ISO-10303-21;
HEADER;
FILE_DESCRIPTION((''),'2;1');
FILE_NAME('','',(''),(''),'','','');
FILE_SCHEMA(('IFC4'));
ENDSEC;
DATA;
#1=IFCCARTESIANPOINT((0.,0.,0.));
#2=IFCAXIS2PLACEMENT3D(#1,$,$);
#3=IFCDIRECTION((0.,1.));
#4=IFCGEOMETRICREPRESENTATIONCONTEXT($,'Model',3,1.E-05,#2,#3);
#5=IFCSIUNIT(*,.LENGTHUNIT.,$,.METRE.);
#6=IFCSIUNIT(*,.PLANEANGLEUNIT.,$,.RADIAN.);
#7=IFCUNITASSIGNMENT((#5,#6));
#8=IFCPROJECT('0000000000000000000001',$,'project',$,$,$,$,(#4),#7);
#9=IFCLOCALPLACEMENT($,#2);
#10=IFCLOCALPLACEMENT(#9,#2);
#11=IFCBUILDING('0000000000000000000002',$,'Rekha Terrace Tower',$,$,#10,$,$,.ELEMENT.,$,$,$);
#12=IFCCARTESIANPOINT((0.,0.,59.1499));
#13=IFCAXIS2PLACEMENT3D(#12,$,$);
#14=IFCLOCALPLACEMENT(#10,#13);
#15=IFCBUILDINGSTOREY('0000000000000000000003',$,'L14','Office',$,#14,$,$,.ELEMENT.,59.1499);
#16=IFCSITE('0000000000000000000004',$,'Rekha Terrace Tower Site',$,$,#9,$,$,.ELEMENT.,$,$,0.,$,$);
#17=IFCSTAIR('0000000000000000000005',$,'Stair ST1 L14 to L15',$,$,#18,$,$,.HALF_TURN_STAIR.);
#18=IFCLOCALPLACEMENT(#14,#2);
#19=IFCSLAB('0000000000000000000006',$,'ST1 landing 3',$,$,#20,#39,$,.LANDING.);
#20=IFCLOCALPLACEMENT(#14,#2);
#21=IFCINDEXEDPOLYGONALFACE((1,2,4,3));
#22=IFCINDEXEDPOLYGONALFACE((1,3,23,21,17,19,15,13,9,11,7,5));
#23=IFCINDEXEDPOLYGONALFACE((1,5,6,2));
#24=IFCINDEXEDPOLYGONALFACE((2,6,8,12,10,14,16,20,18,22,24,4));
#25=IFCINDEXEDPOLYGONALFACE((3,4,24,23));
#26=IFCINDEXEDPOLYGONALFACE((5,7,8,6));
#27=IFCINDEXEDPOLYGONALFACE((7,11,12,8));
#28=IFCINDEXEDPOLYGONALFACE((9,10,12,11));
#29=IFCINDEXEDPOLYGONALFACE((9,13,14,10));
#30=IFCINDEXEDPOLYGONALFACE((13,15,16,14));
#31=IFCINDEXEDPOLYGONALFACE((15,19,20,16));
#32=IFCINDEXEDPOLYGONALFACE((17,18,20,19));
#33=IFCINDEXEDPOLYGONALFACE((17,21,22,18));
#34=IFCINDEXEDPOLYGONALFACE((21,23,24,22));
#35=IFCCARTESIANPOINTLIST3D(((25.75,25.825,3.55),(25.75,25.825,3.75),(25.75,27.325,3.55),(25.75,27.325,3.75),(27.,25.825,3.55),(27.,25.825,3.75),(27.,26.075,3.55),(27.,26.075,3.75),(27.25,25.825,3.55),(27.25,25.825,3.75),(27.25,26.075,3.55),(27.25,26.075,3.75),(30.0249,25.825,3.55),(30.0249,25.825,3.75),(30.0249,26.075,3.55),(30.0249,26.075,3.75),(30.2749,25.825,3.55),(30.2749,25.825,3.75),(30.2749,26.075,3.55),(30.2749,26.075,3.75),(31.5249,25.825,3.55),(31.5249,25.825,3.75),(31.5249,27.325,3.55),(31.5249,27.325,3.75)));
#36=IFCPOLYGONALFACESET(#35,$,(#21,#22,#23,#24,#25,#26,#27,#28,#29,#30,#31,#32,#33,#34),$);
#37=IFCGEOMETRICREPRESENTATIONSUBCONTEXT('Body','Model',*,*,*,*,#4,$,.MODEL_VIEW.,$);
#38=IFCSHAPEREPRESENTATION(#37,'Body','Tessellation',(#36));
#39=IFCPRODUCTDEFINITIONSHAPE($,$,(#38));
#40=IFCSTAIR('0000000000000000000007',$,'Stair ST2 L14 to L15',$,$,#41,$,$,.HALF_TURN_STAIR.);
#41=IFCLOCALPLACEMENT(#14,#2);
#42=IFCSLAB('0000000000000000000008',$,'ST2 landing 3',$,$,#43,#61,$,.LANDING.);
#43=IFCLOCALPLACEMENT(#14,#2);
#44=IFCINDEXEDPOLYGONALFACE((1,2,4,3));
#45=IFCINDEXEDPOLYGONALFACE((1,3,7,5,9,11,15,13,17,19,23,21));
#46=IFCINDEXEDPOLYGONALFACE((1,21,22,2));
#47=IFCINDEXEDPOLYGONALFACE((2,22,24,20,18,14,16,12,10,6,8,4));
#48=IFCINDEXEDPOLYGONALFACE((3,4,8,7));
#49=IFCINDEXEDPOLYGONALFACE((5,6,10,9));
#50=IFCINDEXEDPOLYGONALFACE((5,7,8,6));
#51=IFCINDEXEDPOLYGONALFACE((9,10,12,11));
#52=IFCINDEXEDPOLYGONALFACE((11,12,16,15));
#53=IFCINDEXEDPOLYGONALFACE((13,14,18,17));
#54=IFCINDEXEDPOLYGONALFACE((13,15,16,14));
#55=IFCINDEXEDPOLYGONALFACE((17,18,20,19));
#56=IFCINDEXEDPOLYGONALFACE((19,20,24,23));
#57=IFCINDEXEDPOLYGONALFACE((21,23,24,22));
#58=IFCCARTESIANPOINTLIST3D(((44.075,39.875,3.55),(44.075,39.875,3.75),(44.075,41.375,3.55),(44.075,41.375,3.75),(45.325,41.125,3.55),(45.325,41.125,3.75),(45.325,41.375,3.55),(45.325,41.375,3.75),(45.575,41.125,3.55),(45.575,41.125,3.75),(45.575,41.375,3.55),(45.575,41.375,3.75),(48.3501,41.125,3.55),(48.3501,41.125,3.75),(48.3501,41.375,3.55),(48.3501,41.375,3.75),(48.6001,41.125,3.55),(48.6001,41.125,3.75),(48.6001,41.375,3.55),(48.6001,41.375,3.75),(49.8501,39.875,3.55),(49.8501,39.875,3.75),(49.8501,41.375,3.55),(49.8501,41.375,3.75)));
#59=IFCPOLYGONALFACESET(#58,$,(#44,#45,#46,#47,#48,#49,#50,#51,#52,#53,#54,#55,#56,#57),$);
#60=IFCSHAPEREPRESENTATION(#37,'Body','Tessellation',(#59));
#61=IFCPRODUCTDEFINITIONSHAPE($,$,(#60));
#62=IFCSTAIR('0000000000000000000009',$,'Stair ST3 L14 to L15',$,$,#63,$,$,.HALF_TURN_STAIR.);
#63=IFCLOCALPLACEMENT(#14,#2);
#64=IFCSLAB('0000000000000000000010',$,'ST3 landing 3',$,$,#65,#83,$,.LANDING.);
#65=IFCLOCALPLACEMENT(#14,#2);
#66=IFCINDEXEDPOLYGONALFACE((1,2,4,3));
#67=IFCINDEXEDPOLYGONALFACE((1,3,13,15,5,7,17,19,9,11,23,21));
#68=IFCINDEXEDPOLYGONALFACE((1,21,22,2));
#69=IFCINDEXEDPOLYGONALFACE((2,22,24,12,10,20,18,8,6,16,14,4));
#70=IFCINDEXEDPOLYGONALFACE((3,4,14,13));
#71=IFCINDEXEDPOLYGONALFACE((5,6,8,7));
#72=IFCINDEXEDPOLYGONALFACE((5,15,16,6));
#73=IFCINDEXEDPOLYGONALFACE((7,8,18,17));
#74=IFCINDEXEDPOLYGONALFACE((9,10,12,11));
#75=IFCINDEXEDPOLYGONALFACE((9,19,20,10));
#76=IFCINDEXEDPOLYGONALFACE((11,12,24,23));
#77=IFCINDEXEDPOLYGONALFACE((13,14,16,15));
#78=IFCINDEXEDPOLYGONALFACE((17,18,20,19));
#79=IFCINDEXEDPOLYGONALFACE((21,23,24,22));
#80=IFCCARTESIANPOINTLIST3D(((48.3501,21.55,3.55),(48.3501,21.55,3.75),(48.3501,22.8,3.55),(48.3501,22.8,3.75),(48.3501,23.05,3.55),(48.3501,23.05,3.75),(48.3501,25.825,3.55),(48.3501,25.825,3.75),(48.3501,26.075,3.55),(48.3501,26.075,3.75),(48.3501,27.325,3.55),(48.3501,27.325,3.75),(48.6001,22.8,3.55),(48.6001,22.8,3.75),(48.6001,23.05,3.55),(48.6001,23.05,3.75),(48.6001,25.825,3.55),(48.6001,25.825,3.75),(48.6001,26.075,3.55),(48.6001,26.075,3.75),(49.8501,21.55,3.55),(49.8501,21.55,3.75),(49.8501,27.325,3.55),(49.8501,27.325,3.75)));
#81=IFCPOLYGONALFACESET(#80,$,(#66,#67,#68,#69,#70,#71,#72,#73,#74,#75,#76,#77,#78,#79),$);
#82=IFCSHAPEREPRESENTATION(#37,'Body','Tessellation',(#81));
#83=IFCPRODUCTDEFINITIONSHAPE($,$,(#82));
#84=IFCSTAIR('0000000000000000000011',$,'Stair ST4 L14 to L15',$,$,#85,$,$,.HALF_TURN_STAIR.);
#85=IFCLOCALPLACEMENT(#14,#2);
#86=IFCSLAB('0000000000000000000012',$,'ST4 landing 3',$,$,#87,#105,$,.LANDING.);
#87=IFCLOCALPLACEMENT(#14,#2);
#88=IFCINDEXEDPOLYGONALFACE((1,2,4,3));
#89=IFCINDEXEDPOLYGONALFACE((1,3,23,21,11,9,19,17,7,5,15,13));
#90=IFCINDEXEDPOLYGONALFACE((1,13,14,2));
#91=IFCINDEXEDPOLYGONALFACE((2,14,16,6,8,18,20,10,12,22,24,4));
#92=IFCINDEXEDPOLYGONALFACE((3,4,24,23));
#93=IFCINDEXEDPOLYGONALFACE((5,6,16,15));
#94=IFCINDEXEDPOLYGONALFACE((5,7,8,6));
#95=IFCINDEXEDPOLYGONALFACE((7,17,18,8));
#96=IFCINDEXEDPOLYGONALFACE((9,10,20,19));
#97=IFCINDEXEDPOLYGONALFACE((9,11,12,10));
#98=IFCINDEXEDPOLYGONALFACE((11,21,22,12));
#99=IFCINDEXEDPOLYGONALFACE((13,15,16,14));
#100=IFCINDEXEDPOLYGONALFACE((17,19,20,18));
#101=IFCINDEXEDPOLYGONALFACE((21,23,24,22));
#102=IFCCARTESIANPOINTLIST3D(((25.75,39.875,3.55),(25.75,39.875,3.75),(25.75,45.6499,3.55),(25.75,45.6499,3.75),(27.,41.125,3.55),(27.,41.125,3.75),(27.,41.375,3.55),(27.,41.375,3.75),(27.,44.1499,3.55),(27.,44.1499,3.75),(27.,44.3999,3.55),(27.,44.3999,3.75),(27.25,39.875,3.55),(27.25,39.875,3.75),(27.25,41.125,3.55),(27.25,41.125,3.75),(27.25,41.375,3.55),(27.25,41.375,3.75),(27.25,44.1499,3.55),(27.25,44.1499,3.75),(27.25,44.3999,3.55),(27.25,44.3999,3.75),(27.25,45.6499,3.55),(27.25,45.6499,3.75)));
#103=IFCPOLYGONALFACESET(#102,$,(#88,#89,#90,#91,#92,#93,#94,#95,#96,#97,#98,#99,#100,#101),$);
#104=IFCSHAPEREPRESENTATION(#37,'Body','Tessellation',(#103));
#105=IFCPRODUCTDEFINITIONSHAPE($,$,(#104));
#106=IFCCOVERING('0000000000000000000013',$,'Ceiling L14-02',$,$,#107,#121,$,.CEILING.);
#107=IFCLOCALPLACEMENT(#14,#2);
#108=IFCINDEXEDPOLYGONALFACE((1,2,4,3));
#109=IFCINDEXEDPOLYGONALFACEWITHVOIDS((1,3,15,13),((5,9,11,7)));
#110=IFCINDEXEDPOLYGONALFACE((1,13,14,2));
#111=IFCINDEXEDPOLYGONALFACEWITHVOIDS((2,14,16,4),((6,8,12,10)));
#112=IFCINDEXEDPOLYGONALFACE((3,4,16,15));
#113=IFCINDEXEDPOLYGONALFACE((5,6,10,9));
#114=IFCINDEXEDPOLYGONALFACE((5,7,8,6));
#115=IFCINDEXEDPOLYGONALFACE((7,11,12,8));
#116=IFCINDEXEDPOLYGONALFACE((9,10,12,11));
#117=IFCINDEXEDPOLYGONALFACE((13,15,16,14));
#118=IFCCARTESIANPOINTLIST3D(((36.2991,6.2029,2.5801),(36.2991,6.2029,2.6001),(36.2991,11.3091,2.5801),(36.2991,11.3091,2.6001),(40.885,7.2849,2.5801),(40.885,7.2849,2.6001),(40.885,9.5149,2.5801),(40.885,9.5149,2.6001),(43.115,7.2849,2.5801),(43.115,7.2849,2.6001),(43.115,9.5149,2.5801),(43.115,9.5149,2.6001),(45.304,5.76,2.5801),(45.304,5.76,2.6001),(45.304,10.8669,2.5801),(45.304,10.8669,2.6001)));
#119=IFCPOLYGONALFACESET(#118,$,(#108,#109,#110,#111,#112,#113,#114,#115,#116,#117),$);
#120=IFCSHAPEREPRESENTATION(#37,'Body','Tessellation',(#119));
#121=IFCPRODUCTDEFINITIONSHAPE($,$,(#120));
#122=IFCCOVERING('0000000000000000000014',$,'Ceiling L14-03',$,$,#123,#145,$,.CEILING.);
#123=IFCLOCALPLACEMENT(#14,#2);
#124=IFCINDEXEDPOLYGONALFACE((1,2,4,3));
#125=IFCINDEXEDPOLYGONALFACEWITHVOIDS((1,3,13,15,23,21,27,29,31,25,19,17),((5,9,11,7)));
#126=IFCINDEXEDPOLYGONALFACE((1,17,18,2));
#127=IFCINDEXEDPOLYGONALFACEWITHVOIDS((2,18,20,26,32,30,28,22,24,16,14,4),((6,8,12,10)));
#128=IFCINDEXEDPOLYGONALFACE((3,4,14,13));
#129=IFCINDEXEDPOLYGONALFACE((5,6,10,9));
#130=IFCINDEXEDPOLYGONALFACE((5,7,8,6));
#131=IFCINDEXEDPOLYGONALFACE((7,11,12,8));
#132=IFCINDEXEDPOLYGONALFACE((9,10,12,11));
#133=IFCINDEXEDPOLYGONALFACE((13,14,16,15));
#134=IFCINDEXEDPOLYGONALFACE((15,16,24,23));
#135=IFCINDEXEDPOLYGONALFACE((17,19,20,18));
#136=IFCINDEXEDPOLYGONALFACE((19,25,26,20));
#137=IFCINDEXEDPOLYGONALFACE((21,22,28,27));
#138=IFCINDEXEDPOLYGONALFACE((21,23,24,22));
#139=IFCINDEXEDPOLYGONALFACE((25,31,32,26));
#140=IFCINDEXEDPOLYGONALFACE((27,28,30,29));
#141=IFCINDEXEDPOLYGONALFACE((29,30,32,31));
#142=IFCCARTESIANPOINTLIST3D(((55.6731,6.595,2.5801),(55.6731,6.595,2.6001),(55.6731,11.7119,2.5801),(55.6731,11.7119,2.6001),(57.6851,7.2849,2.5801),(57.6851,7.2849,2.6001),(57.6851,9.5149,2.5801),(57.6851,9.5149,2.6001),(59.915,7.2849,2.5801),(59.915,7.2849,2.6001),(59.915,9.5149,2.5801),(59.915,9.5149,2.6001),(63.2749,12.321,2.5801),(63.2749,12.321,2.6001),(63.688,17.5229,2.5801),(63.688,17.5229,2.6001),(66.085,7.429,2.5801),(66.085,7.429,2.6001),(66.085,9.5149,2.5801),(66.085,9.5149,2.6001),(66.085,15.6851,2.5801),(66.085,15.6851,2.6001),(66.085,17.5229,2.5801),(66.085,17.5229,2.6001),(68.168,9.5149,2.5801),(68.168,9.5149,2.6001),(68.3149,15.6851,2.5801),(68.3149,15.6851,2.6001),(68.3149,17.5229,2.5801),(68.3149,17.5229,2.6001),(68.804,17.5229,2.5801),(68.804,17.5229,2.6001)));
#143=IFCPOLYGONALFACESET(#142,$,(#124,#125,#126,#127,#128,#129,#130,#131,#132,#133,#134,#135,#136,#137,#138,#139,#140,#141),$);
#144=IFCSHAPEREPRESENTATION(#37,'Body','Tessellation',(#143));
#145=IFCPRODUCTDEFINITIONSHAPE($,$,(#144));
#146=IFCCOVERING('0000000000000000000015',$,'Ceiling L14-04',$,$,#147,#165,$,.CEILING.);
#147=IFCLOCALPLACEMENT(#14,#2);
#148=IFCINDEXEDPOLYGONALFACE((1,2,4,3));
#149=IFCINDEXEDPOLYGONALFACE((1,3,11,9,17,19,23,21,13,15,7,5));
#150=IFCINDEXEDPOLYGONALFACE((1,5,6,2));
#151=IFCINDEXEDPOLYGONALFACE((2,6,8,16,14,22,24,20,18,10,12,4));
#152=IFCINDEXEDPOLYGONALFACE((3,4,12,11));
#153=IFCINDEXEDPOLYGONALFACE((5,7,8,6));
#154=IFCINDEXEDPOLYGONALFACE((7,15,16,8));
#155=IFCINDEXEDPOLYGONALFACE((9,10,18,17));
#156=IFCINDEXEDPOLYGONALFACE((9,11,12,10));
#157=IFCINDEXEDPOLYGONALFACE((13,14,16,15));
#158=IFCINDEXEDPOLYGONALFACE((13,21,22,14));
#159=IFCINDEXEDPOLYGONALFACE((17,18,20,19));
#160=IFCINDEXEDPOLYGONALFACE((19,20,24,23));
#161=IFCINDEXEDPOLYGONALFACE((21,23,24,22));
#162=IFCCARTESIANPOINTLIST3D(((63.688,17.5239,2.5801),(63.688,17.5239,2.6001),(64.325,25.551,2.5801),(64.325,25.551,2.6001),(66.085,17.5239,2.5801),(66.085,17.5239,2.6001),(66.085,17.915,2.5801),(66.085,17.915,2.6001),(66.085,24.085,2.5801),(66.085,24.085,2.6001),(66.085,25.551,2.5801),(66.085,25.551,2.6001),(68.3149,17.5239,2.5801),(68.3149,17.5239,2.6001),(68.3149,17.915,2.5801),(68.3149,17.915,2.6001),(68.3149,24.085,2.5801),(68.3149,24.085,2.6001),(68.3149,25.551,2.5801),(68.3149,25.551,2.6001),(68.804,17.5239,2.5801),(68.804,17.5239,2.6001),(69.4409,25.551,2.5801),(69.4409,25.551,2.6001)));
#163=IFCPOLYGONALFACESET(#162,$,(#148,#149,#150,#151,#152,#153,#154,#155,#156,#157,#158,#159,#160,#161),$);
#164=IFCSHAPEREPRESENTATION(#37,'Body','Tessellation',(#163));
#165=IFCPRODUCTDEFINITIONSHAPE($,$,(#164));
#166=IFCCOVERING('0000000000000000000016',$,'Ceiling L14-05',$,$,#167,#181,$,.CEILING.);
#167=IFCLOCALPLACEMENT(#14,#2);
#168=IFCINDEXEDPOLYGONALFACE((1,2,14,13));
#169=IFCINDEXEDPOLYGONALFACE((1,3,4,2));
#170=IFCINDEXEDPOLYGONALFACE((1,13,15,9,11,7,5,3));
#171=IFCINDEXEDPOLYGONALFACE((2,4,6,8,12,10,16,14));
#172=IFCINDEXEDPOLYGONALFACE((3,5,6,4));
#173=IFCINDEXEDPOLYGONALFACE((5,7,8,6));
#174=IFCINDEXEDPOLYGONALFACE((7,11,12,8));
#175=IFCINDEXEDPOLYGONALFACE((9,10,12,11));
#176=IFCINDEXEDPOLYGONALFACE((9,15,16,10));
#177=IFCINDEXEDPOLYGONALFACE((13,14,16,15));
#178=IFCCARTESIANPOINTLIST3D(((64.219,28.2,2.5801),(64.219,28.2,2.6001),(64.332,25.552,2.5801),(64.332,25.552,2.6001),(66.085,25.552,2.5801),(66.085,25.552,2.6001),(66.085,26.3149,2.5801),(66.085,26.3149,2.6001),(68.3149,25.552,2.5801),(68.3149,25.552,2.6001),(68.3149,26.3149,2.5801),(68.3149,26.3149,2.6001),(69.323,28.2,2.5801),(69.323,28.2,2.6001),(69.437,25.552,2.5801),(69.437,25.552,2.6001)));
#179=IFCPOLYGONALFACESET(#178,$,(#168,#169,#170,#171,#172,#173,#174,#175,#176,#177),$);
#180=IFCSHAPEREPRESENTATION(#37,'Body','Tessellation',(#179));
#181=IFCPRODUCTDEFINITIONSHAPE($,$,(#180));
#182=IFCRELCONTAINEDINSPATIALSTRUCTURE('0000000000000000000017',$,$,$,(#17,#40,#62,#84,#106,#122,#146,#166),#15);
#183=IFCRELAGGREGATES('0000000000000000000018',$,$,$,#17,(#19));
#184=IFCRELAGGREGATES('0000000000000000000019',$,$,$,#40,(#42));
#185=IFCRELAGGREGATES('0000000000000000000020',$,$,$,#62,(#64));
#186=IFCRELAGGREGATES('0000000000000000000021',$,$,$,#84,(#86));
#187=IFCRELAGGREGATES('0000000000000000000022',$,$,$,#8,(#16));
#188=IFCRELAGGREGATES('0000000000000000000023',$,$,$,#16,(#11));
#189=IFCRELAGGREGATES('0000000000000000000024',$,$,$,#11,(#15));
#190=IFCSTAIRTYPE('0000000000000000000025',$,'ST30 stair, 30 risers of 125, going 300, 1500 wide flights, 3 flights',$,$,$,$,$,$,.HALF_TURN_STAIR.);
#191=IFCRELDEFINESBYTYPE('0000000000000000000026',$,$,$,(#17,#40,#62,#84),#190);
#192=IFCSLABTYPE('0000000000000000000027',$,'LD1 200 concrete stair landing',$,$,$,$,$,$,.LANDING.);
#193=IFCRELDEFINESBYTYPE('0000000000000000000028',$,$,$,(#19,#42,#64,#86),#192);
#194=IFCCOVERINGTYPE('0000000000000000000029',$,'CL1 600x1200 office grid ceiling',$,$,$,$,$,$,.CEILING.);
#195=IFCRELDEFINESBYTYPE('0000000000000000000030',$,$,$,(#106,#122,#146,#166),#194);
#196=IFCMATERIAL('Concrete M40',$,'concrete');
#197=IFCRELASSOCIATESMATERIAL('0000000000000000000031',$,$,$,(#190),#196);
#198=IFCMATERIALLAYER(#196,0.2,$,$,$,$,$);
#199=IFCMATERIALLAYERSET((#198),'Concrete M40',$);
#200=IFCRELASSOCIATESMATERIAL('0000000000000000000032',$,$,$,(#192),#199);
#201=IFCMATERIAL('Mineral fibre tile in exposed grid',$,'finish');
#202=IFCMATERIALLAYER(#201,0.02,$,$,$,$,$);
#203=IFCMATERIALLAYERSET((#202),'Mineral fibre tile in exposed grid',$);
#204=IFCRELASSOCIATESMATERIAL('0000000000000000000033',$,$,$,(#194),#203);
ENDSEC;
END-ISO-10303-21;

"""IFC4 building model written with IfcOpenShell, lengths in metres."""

from ifc_helpers import new_model, si_unit, direction, frame, origin, place, context, subcontext, project, spatial, polyline, outline, extrude, material, layer, layer_set, type_object, element, aggregate, save


model = new_model("IFC4")

# Units and contexts
model_context = context("Model", 3, precision=1e-05, world=origin(), true_north=direction((0.0, 1.0)))
body_context = subcontext(model_context, "Body", "Model", "MODEL_VIEW")
ifc_project = project(units=[si_unit("LENGTHUNIT", "METRE"), si_unit("PLANEANGLEUNIT", "RADIAN")], contexts=[model_context])

# Site, building, storey
site_placement = place(None, origin())
site = spatial("IfcSite", under=ifc_project, at=site_placement, Name="Rekha Terrace Tower Site", CompositionType="ELEMENT", RefElevation=0.0)
building_placement = place(site_placement, origin())
building = spatial("IfcBuilding", under=site, at=building_placement, Name="Rekha Terrace Tower", CompositionType="ELEMENT")
storey_placement = place(building_placement, frame((0.0, 0.0, 59.1499)))
storey = spatial("IfcBuildingStorey", under=building, at=storey_placement, Name="L14", Description="Office", CompositionType="ELEMENT", Elevation=59.1499)

# Stairs, slabs
ifc_material_1 = material(Name="Concrete M40", Category="concrete")
stair_type = type_object("IfcStairType", Name="ST30 stair, 30 risers of 125, going 300, 1500 wide flights, 3 flights", PredefinedType="HALF_TURN_STAIR", material=ifc_material_1)
stair_1_placement = place(storey_placement, origin())
stair_1 = element("IfcStair", 1, at=stair_1_placement, inside=storey, type_object=stair_type, Name="Stair ST1 L14 to L15", PredefinedType="HALF_TURN_STAIR")
ifc_layer_1 = layer(ifc_material_1, 0.2)
ifc_layer_set_1 = layer_set([ifc_layer_1], Name="Concrete M40")
slab_type = type_object("IfcSlabType", Name="LD1 200 concrete stair landing", PredefinedType="LANDING", material=ifc_layer_set_1)
slab_1_placement = place(storey_placement, frame((0.0, 0.0, 3.55)))
slab_1 = element("IfcSlab", 2, at=slab_1_placement, type_object=slab_type, Name="ST1 landing 3", PredefinedType="LANDING", context=body_context, shape_type="SweptSolid", body=[
    extrude(outline(polyline([(31.5249, 25.825), (31.5249, 27.325), (25.75, 27.325), (25.75, 25.825), (27.0, 25.825), (27.0, 26.075), (27.25, 26.075), (27.25, 25.825), (30.0249, 25.825), (30.0249, 26.075), (30.2749, 26.075), (30.2749, 25.825), (31.5249, 25.825)])), origin(), (0.0, 0.0, 1.0), 0.2),
])
aggregate(stair_1, [slab_1])
stair_2_placement = place(storey_placement, origin())
stair_2 = element("IfcStair", 3, at=stair_2_placement, inside=storey, type_object=stair_type, Name="Stair ST2 L14 to L15", PredefinedType="HALF_TURN_STAIR")
slab_2_placement = place(storey_placement, frame((0.0, 0.0, 3.55)))
slab_2 = element("IfcSlab", 4, at=slab_2_placement, type_object=slab_type, Name="ST2 landing 3", PredefinedType="LANDING", context=body_context, shape_type="SweptSolid", body=[
    extrude(outline(polyline([(44.075, 41.375), (44.075, 39.875), (49.8501, 39.875), (49.8501, 41.375), (48.6001, 41.375), (48.6001, 41.125), (48.3501, 41.125), (48.3501, 41.375), (45.575, 41.375), (45.575, 41.125), (45.325, 41.125), (45.325, 41.375), (44.075, 41.375)])), origin(), (0.0, 0.0, 1.0), 0.2),
])
aggregate(stair_2, [slab_2])
stair_3_placement = place(storey_placement, origin())
stair_3 = element("IfcStair", 5, at=stair_3_placement, inside=storey, type_object=stair_type, Name="Stair ST3 L14 to L15", PredefinedType="HALF_TURN_STAIR")
slab_3_placement = place(storey_placement, frame((0.0, 0.0, 3.55)))
slab_3 = element("IfcSlab", 6, at=slab_3_placement, type_object=slab_type, Name="ST3 landing 3", PredefinedType="LANDING", context=body_context, shape_type="SweptSolid", body=[
    extrude(outline(polyline([(48.3501, 21.55), (49.8501, 21.55), (49.8501, 27.325), (48.3501, 27.325), (48.3501, 26.075), (48.6001, 26.075), (48.6001, 25.825), (48.3501, 25.825), (48.3501, 23.05), (48.6001, 23.05), (48.6001, 22.8), (48.3501, 22.8), (48.3501, 21.55)])), origin(), (0.0, 0.0, 1.0), 0.2),
])
aggregate(stair_3, [slab_3])
stair_4_placement = place(storey_placement, origin())
stair_4 = element("IfcStair", 7, at=stair_4_placement, inside=storey, type_object=stair_type, Name="Stair ST4 L14 to L15", PredefinedType="HALF_TURN_STAIR")
slab_4_placement = place(storey_placement, frame((0.0, 0.0, 3.55)))
slab_4 = element("IfcSlab", 8, at=slab_4_placement, type_object=slab_type, Name="ST4 landing 3", PredefinedType="LANDING", context=body_context, shape_type="SweptSolid", body=[
    extrude(outline(polyline([(27.25, 39.875), (25.75, 39.875), (25.75, 45.6499), (27.25, 45.6499), (27.25, 44.3999), (27.0, 44.3999), (27.0, 44.1499), (27.25, 44.1499), (27.25, 41.375), (27.0, 41.375), (27.0, 41.125), (27.25, 41.125), (27.25, 39.875)])), origin(), (0.0, 0.0, 1.0), 0.2),
])
aggregate(stair_4, [slab_4])

# Coverings
ifc_material_2 = material(Name="Mineral fibre tile in exposed grid", Category="finish")
ifc_layer_2 = layer(ifc_material_2, 0.02)
ifc_layer_set_2 = layer_set([ifc_layer_2], Name="Mineral fibre tile in exposed grid")
covering_type_1 = type_object("IfcCoveringType", Name="CL1 600x1200 office grid ceiling", PredefinedType="CEILING", material=ifc_layer_set_2)
covering_1_placement = place(storey_placement, frame((0.0, 0.0, 2.5801)))
element("IfcCovering", 9, at=covering_1_placement, inside=storey, type_object=covering_type_1, Name="Ceiling L14-02", PredefinedType="CEILING", context=body_context, shape_type="SweptSolid", body=[
    extrude(outline(polyline([(36.2991, 6.2029), (45.304, 5.76), (45.304, 10.8669), (36.2991, 11.3091), (36.2991, 6.2029)]), holes=[polyline([(43.115, 7.2849), (40.885, 7.2849), (40.885, 9.5149), (43.115, 9.5149), (43.115, 7.2849)])]), origin(), (0.0, 0.0, 1.0), 0.02),
])
covering_2_placement = place(storey_placement, frame((0.0, 0.0, 2.5801)))
element("IfcCovering", 10, at=covering_2_placement, inside=storey, type_object=covering_type_1, Name="Ceiling L14-03", PredefinedType="CEILING", context=body_context, shape_type="SweptSolid", body=[
    extrude(outline(polyline([(66.085, 15.6851), (66.085, 17.5229), (63.688, 17.5229), (63.2749, 12.321), (55.6731, 11.7119), (55.6731, 6.595), (66.085, 7.429), (66.085, 9.5149), (68.168, 9.5149), (68.804, 17.5229), (68.3149, 17.5229), (68.3149, 15.6851), (66.085, 15.6851)]), holes=[polyline([(59.915, 7.2849), (57.6851, 7.2849), (57.6851, 9.5149), (59.915, 9.5149), (59.915, 7.2849)])]), origin(), (0.0, 0.0, 1.0), 0.02),
])
covering_3_placement = place(storey_placement, frame((0.0, 0.0, 2.5801)))
element("IfcCovering", 11, at=covering_3_placement, inside=storey, type_object=covering_type_1, Name="Ceiling L14-04", PredefinedType="CEILING", context=body_context, shape_type="SweptSolid", body=[
    extrude(outline(polyline([(68.3149, 17.5239), (68.804, 17.5239), (69.4409, 25.551), (68.3149, 25.551), (68.3149, 24.085), (66.085, 24.085), (66.085, 25.551), (64.325, 25.551), (63.688, 17.5239), (66.085, 17.5239), (66.085, 17.915), (68.3149, 17.915), (68.3149, 17.5239)])), origin(), (0.0, 0.0, 1.0), 0.02),
])
covering_4_placement = place(storey_placement, frame((0.0, 0.0, 2.5801)))
element("IfcCovering", 12, at=covering_4_placement, inside=storey, type_object=covering_type_1, Name="Ceiling L14-05", PredefinedType="CEILING", context=body_context, shape_type="SweptSolid", body=[
    extrude(outline(polyline([(69.437, 25.552), (69.323, 28.2), (64.219, 28.2), (64.332, 25.552), (66.085, 25.552), (66.085, 26.3149), (68.3149, 26.3149), (68.3149, 25.552), (69.437, 25.552)])), origin(), (0.0, 0.0, 1.0), 0.02),
])

save(model, "model.ifc")
